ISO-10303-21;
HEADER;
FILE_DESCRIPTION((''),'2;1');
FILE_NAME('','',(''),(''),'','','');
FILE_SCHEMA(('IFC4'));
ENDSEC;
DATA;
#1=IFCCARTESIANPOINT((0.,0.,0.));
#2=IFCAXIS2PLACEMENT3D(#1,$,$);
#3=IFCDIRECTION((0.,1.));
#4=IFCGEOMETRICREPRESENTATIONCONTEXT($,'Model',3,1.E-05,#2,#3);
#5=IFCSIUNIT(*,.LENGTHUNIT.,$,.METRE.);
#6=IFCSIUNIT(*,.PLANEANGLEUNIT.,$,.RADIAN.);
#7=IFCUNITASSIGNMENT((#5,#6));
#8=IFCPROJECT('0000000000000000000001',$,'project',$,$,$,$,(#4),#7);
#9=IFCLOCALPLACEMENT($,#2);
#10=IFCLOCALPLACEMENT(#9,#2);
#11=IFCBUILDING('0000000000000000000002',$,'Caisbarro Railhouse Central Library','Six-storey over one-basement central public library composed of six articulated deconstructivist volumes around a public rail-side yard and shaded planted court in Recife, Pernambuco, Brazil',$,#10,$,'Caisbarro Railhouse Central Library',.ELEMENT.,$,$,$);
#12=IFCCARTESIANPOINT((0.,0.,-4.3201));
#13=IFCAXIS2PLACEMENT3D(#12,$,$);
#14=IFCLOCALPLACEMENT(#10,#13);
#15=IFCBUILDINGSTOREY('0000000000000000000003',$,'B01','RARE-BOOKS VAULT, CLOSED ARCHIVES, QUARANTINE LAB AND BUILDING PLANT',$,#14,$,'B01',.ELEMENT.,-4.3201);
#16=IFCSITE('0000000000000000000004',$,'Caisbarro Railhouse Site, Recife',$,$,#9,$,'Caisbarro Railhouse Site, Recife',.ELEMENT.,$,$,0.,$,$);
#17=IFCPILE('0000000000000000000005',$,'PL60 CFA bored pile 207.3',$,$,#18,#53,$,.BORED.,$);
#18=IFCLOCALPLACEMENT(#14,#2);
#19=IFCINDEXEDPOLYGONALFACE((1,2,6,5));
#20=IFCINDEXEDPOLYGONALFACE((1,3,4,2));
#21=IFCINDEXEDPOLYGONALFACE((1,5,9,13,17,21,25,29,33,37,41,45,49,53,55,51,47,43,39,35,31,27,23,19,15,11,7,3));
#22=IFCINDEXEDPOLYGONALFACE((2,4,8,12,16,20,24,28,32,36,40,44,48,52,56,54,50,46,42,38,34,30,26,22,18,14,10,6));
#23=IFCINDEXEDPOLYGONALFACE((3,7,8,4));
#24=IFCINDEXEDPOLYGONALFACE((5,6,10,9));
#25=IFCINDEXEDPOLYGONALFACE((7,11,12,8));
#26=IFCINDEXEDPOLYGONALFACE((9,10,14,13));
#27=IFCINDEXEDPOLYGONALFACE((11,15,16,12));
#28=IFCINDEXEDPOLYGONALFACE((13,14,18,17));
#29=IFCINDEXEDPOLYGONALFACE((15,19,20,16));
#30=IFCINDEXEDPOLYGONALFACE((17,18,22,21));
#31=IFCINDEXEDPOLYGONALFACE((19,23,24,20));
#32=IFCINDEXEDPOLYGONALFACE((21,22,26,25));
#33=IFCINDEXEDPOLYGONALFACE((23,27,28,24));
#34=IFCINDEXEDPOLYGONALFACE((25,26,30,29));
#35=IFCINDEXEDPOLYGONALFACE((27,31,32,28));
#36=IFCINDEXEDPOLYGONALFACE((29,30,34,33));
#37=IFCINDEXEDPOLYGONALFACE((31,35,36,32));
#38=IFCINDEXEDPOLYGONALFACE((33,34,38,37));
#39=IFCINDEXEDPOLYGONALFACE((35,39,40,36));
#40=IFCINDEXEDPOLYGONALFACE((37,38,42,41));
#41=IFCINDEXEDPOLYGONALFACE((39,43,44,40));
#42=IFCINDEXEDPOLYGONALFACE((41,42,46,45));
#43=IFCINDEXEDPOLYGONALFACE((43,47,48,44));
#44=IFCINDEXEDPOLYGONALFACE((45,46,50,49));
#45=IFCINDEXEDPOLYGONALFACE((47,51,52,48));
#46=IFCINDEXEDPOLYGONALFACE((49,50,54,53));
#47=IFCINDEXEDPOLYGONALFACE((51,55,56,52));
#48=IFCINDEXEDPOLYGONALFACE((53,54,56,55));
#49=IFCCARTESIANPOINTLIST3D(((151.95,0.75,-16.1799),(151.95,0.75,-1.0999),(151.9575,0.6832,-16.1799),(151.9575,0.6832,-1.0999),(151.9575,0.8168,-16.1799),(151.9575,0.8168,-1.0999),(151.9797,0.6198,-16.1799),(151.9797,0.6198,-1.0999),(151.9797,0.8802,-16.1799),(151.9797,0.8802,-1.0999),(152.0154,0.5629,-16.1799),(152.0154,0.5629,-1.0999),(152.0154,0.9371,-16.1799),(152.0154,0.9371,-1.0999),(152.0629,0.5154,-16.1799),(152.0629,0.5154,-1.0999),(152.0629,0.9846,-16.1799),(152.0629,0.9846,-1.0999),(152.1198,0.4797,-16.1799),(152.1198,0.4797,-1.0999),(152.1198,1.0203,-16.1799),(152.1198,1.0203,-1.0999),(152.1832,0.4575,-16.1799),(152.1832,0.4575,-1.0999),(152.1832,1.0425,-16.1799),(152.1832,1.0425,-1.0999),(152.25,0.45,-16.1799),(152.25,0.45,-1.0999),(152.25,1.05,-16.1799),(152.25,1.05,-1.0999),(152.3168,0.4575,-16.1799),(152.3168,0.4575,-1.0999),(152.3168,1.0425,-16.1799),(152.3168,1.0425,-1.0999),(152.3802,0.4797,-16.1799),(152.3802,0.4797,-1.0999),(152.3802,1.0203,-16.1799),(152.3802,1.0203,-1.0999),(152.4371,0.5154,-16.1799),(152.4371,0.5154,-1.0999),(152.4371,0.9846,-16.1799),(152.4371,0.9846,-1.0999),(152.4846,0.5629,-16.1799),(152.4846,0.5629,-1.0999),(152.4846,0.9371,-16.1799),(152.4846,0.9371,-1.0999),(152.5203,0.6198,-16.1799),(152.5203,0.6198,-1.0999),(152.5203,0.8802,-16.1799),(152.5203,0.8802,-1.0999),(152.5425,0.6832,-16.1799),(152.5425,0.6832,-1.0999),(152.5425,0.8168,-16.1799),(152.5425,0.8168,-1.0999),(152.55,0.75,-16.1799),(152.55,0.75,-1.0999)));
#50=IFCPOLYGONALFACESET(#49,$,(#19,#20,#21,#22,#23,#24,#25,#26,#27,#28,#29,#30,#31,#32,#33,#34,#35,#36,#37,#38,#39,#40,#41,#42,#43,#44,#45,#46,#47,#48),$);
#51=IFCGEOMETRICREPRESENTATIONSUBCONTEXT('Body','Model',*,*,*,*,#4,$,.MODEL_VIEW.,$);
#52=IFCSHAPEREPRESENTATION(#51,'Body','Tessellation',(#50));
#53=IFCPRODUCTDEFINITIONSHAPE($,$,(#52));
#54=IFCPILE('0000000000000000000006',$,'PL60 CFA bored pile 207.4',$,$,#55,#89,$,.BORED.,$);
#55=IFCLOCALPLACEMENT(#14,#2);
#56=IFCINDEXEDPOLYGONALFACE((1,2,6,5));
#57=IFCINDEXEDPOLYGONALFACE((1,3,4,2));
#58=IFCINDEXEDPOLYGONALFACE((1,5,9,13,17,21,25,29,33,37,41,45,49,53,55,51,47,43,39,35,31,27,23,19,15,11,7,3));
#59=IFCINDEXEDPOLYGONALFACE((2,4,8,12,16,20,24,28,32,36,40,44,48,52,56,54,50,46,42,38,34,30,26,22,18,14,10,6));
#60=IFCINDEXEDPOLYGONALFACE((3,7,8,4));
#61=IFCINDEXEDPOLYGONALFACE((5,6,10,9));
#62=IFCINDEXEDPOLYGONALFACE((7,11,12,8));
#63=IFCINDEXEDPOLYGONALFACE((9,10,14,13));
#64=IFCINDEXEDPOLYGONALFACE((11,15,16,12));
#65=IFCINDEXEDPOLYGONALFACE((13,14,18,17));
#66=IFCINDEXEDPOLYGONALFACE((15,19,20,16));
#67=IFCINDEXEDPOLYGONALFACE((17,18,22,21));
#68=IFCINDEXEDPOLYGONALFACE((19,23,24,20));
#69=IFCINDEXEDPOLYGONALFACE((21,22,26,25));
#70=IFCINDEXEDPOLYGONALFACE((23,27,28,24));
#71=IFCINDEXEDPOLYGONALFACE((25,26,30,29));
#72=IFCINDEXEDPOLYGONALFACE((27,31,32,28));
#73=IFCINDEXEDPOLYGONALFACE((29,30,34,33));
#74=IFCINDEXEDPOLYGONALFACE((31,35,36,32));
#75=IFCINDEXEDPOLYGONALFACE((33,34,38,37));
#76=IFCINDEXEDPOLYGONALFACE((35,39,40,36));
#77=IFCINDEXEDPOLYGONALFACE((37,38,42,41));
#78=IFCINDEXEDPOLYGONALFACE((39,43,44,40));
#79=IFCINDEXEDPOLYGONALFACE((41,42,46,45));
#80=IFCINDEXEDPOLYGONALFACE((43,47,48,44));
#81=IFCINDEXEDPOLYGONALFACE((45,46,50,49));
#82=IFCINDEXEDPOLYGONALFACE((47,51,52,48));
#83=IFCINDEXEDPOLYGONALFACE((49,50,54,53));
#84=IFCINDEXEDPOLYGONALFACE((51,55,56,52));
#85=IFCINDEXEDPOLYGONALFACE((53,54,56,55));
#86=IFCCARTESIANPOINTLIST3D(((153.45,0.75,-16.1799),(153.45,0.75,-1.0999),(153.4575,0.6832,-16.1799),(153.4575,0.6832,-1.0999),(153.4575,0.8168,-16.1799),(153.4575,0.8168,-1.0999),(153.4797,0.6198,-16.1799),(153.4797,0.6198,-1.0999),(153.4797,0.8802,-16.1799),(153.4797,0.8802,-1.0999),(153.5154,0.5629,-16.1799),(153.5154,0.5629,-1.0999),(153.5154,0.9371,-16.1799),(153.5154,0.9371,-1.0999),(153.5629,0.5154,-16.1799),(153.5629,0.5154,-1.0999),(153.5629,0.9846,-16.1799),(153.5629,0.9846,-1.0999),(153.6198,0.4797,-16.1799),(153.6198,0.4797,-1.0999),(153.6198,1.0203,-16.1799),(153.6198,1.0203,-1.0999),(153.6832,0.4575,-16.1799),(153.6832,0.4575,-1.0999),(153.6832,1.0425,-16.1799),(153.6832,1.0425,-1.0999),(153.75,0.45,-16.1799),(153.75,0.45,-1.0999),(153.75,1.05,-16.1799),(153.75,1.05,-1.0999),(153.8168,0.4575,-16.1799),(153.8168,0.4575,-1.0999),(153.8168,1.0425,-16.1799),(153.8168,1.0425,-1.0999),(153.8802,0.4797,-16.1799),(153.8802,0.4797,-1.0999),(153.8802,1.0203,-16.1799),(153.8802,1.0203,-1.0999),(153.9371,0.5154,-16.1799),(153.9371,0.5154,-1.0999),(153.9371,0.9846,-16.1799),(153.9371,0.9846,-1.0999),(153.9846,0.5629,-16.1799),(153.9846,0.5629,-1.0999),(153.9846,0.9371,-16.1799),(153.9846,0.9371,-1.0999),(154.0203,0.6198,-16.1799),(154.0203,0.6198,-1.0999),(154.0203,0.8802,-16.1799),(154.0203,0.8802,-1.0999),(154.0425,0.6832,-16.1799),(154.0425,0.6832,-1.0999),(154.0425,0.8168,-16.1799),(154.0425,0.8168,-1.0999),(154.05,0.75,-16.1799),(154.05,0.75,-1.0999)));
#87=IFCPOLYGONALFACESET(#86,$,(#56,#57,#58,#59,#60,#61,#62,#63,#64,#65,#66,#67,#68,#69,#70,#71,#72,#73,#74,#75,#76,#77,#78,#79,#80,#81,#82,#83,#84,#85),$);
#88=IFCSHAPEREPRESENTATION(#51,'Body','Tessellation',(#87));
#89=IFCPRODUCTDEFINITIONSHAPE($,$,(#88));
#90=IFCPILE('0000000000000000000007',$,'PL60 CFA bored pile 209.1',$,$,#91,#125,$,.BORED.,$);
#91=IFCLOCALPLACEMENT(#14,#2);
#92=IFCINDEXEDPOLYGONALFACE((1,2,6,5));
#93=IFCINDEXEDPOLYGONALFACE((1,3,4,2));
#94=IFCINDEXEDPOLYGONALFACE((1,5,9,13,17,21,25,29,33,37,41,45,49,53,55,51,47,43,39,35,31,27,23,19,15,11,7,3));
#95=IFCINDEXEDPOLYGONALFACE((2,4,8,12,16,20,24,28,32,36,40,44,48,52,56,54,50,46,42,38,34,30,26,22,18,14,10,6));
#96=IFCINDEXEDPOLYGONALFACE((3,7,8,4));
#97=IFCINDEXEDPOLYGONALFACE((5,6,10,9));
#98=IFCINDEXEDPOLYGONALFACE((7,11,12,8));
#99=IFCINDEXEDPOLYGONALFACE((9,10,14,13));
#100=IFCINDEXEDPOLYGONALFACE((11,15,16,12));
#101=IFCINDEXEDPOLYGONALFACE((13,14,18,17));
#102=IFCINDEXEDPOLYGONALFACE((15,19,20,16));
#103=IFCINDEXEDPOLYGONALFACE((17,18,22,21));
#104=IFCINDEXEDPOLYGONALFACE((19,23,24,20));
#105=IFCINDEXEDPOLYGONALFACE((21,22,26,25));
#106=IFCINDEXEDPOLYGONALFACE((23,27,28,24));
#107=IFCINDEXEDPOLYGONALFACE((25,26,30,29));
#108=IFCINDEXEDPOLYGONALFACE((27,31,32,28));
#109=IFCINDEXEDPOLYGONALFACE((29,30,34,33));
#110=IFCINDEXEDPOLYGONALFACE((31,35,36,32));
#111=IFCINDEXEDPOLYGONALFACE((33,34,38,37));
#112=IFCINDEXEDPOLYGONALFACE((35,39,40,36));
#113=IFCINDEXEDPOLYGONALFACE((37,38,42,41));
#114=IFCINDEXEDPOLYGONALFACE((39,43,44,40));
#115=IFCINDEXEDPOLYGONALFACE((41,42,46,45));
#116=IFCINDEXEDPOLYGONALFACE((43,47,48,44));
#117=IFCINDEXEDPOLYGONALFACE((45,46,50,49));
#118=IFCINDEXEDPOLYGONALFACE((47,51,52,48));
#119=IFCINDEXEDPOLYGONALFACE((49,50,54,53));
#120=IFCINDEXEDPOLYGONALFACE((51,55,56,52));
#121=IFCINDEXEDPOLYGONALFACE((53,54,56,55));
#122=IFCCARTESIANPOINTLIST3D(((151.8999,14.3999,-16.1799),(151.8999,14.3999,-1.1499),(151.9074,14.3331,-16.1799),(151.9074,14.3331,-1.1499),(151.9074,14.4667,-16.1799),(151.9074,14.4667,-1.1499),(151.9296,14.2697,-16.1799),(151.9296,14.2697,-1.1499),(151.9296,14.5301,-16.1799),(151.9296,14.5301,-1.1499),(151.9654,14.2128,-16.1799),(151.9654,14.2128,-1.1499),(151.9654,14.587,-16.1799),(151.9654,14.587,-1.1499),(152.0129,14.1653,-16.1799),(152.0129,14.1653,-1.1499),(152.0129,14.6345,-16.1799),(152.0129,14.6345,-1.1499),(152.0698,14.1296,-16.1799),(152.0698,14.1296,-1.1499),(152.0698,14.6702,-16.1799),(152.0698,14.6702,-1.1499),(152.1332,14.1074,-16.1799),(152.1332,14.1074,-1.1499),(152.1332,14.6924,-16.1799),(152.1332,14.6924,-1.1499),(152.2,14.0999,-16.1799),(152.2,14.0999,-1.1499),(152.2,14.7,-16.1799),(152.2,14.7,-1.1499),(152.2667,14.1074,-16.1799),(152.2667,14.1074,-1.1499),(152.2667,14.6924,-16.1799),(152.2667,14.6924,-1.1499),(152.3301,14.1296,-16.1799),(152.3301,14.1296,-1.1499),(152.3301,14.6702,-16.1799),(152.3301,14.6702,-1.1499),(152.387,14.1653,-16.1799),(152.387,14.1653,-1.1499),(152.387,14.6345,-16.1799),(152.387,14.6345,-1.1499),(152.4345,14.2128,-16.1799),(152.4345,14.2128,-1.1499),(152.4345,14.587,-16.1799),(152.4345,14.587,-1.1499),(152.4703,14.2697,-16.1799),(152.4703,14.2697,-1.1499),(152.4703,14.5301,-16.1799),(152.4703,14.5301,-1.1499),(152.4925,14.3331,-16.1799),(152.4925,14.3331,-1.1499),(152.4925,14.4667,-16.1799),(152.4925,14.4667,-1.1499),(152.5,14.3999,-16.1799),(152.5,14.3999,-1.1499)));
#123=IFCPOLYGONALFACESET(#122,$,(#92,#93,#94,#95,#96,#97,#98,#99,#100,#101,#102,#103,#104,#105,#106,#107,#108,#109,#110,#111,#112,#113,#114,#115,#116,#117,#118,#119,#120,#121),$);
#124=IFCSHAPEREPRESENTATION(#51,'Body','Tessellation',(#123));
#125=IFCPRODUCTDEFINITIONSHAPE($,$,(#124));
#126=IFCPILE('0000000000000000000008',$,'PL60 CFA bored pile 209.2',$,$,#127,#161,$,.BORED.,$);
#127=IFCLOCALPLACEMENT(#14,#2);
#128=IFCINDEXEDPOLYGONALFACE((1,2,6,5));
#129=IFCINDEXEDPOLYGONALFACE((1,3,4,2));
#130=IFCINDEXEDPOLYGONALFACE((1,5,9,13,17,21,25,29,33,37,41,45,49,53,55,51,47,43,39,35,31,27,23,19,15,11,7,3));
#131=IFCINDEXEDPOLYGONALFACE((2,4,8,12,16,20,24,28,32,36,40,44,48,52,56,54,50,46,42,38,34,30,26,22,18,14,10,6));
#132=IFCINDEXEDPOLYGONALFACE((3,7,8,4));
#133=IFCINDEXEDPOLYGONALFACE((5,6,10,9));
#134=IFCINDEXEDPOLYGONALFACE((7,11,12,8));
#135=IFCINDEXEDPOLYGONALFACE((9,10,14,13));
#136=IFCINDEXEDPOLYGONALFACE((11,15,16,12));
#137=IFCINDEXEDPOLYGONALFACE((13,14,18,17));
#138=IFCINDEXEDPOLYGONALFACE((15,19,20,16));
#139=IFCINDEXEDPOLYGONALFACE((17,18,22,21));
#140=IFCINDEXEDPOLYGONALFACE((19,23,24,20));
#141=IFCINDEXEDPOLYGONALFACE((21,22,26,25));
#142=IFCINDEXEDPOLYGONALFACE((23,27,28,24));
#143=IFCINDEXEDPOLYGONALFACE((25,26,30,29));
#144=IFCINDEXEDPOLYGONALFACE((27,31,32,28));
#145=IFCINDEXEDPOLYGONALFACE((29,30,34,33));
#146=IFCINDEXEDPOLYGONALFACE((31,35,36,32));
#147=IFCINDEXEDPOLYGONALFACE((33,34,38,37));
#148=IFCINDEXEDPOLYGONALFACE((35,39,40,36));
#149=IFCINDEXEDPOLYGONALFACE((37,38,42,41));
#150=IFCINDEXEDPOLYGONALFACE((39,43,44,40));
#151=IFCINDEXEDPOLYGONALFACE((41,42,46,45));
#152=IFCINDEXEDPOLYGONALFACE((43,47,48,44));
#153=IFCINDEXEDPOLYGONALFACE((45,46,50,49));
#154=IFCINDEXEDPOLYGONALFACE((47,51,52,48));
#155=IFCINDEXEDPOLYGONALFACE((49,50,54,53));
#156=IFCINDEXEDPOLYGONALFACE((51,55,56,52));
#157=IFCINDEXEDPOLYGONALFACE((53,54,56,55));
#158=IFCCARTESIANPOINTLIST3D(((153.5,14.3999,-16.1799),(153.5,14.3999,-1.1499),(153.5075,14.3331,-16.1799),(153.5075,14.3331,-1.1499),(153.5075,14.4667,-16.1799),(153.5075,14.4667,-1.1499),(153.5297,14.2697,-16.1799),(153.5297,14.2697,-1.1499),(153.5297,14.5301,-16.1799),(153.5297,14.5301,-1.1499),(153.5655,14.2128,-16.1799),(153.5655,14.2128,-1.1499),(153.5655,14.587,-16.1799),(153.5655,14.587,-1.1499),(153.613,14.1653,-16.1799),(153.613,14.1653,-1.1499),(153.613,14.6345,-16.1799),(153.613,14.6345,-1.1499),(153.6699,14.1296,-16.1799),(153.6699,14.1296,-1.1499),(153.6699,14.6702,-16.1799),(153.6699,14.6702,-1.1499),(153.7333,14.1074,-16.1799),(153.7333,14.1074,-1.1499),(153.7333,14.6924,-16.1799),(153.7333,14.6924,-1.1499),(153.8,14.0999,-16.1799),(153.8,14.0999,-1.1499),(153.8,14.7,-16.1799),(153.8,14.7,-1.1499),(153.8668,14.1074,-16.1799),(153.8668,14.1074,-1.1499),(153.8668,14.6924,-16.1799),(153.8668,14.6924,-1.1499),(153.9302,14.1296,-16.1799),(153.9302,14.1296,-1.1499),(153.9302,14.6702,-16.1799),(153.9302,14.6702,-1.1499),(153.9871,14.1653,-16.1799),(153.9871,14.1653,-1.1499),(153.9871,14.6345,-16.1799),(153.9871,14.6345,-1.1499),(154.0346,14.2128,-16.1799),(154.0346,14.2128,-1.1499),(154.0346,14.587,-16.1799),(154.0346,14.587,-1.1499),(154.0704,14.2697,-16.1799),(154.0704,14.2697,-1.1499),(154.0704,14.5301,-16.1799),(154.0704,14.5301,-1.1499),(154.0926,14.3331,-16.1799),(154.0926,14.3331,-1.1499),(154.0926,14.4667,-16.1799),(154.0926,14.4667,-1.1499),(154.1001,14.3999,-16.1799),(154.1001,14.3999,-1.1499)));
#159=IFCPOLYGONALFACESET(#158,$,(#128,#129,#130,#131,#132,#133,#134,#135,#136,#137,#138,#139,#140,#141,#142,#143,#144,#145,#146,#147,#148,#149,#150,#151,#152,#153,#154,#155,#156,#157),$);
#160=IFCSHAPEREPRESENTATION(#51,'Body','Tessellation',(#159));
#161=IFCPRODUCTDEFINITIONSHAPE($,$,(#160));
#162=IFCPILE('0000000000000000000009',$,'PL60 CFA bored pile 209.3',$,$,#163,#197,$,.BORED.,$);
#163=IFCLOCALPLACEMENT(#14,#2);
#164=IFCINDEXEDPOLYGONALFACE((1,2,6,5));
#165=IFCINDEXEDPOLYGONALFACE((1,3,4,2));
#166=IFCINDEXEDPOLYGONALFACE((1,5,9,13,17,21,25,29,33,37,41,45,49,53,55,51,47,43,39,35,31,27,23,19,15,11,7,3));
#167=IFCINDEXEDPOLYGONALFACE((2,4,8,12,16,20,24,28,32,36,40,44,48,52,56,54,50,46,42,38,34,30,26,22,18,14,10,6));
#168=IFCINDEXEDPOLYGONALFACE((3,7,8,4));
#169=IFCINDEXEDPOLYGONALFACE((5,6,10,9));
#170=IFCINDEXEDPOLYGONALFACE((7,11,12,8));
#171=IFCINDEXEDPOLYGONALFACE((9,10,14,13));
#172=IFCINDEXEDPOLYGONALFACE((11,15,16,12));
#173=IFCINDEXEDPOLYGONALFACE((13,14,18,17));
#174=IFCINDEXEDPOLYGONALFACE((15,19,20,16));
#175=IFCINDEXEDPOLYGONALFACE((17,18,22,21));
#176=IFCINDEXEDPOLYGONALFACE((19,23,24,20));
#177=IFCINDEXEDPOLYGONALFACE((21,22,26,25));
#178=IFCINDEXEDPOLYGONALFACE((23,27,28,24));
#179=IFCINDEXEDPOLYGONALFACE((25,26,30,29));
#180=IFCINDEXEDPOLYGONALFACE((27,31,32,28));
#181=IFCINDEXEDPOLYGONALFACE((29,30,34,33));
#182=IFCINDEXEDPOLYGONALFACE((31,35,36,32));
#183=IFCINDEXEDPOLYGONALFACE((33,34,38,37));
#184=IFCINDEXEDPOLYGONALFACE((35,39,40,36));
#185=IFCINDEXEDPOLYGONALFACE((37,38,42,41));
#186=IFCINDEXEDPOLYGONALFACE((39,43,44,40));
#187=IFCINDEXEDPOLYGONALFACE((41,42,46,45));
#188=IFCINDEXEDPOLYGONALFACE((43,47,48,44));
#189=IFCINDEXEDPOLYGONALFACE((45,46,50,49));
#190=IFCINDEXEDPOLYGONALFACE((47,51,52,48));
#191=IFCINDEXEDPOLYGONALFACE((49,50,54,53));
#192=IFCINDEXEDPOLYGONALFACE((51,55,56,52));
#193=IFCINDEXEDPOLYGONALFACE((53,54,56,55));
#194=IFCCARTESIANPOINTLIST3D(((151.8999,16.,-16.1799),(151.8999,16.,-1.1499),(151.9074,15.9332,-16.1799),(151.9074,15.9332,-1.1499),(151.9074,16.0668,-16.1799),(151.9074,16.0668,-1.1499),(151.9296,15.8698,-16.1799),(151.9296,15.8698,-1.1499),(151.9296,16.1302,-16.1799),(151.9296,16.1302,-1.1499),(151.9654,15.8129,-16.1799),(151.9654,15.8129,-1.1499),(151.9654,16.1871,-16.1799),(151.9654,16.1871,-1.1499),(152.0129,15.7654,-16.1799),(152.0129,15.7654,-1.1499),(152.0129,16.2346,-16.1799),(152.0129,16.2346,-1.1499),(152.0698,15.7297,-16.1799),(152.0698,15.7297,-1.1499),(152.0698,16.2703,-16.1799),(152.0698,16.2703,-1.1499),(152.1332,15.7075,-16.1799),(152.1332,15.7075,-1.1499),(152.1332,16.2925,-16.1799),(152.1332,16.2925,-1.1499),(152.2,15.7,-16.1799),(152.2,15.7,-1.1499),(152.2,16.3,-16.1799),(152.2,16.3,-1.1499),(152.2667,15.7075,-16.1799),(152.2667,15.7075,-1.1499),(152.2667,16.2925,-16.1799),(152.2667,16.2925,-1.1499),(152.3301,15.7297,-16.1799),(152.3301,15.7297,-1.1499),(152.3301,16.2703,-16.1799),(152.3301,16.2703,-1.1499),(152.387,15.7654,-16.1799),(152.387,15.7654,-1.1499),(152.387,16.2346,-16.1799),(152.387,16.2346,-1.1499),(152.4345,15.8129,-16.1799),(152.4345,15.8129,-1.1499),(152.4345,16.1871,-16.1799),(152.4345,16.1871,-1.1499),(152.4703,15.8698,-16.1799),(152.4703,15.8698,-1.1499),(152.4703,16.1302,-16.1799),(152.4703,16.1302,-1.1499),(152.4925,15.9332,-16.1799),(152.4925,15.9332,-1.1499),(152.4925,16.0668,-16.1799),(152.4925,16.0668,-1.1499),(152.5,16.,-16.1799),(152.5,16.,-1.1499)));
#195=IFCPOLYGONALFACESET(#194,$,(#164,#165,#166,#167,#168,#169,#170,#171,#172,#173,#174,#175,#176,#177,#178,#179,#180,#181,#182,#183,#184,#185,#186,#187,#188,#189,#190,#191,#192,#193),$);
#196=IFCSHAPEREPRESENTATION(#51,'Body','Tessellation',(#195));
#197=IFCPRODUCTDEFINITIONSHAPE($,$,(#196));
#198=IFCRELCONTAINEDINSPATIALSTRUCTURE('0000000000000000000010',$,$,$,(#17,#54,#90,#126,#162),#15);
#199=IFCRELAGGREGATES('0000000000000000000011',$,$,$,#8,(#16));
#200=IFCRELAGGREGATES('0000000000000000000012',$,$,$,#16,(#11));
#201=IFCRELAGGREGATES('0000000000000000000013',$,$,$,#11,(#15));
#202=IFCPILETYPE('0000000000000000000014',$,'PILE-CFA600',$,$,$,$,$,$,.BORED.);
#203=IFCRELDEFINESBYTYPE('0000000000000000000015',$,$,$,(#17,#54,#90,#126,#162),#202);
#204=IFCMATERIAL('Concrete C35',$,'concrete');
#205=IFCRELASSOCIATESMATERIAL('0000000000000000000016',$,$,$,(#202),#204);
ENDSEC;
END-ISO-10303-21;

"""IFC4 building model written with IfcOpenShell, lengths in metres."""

from ifc_helpers import new_model, si_unit, direction, frame, origin, origin_2d, place, context, subcontext, project, spatial, circle, extrude, material, material_profile, profile_set, type_object, element, save


model = new_model("IFC4")

# Units and contexts
model_context = context("Model", 3, precision=1e-05, world=origin(), true_north=direction((0.0, 1.0)))
body_context = subcontext(model_context, "Body", "Model", "MODEL_VIEW")
ifc_project = project(units=[si_unit("LENGTHUNIT", "METRE"), si_unit("PLANEANGLEUNIT", "RADIAN")], contexts=[model_context])

# Site, building, storey
site_placement = place(None, origin())
site = spatial("IfcSite", under=ifc_project, at=site_placement, Name="Caisbarro Railhouse Site, Recife", LongName="Caisbarro Railhouse Site, Recife", CompositionType="ELEMENT", RefElevation=0.0)
building_placement = place(site_placement, origin())
building = spatial("IfcBuilding", under=site, at=building_placement, Name="Caisbarro Railhouse Central Library", Description="Six-storey over one-basement central public library composed of six articulated deconstructivist volumes around a public rail-side yard and shaded planted court in Recife, Pernambuco, Brazil", LongName="Caisbarro Railhouse Central Library", CompositionType="ELEMENT")
storey_placement = place(building_placement, frame((0.0, 0.0, -4.3201)))
storey = spatial("IfcBuildingStorey", under=building, at=storey_placement, Name="B01", Description="RARE-BOOKS VAULT, CLOSED ARCHIVES, QUARANTINE LAB AND BUILDING PLANT", LongName="B01", CompositionType="ELEMENT", Elevation=-4.3201)

# Shared definitions
ifc_material_1 = material(Name="Concrete C35", Category="concrete")

# Piles
ifc_material_profile_1 = material_profile(ifc_material_1, circle(Radius=0.3, at=origin_2d()), Name="PILE-CFA-600")
ifc_profile_set_1 = profile_set([ifc_material_profile_1], Name="Concrete C35")
pile_type_1 = type_object("IfcPileType", Name="PILE-CFA600", PredefinedType="BORED", material=ifc_profile_set_1)
for number, where, z_axis, x_axis, name in (
    (1, (152.25, 0.75, -1.0999), (0.0, 0.0, -1.0), (1.0, 0.0, 0.0), "PL60 CFA bored pile 207.3"),
    (2, (153.75, 0.75, -1.0999), (0.0, 0.0, -1.0), (1.0, 0.0, 0.0), "PL60 CFA bored pile 207.4"),
):
    element("IfcPile", number, at=place(storey_placement, frame(where, z_axis=z_axis, x_axis=x_axis)), inside=storey, type_object=pile_type_1, Name=name, PredefinedType="BORED", context=body_context, shape_type="SweptSolid", body=[
        extrude(circle(Radius=0.3, at=origin_2d()), origin(), (0.0, 0.0, 1.0), 15.0801),
    ])
for number, where, z_axis, x_axis, name in (
    (3, (152.2, 14.3999, -1.1499), (0.0, 0.0, -1.0), (1.0, 0.0, 0.0), "PL60 CFA bored pile 209.1"),
    (4, (153.8, 14.3999, -1.1499), (0.0, 0.0, -1.0), (1.0, 0.0, 0.0), "PL60 CFA bored pile 209.2"),
    (5, (152.2, 16.0, -1.1499), (0.0, 0.0, -1.0), (1.0, 0.0, 0.0), "PL60 CFA bored pile 209.3"),
):
    element("IfcPile", number, at=place(storey_placement, frame(where, z_axis=z_axis, x_axis=x_axis)), inside=storey, type_object=pile_type_1, Name=name, PredefinedType="BORED", context=body_context, shape_type="SweptSolid", body=[
        extrude(circle(Radius=0.3, at=origin_2d()), origin(), (0.0, 0.0, 1.0), 15.03),
    ])

save(model, "model.ifc")
